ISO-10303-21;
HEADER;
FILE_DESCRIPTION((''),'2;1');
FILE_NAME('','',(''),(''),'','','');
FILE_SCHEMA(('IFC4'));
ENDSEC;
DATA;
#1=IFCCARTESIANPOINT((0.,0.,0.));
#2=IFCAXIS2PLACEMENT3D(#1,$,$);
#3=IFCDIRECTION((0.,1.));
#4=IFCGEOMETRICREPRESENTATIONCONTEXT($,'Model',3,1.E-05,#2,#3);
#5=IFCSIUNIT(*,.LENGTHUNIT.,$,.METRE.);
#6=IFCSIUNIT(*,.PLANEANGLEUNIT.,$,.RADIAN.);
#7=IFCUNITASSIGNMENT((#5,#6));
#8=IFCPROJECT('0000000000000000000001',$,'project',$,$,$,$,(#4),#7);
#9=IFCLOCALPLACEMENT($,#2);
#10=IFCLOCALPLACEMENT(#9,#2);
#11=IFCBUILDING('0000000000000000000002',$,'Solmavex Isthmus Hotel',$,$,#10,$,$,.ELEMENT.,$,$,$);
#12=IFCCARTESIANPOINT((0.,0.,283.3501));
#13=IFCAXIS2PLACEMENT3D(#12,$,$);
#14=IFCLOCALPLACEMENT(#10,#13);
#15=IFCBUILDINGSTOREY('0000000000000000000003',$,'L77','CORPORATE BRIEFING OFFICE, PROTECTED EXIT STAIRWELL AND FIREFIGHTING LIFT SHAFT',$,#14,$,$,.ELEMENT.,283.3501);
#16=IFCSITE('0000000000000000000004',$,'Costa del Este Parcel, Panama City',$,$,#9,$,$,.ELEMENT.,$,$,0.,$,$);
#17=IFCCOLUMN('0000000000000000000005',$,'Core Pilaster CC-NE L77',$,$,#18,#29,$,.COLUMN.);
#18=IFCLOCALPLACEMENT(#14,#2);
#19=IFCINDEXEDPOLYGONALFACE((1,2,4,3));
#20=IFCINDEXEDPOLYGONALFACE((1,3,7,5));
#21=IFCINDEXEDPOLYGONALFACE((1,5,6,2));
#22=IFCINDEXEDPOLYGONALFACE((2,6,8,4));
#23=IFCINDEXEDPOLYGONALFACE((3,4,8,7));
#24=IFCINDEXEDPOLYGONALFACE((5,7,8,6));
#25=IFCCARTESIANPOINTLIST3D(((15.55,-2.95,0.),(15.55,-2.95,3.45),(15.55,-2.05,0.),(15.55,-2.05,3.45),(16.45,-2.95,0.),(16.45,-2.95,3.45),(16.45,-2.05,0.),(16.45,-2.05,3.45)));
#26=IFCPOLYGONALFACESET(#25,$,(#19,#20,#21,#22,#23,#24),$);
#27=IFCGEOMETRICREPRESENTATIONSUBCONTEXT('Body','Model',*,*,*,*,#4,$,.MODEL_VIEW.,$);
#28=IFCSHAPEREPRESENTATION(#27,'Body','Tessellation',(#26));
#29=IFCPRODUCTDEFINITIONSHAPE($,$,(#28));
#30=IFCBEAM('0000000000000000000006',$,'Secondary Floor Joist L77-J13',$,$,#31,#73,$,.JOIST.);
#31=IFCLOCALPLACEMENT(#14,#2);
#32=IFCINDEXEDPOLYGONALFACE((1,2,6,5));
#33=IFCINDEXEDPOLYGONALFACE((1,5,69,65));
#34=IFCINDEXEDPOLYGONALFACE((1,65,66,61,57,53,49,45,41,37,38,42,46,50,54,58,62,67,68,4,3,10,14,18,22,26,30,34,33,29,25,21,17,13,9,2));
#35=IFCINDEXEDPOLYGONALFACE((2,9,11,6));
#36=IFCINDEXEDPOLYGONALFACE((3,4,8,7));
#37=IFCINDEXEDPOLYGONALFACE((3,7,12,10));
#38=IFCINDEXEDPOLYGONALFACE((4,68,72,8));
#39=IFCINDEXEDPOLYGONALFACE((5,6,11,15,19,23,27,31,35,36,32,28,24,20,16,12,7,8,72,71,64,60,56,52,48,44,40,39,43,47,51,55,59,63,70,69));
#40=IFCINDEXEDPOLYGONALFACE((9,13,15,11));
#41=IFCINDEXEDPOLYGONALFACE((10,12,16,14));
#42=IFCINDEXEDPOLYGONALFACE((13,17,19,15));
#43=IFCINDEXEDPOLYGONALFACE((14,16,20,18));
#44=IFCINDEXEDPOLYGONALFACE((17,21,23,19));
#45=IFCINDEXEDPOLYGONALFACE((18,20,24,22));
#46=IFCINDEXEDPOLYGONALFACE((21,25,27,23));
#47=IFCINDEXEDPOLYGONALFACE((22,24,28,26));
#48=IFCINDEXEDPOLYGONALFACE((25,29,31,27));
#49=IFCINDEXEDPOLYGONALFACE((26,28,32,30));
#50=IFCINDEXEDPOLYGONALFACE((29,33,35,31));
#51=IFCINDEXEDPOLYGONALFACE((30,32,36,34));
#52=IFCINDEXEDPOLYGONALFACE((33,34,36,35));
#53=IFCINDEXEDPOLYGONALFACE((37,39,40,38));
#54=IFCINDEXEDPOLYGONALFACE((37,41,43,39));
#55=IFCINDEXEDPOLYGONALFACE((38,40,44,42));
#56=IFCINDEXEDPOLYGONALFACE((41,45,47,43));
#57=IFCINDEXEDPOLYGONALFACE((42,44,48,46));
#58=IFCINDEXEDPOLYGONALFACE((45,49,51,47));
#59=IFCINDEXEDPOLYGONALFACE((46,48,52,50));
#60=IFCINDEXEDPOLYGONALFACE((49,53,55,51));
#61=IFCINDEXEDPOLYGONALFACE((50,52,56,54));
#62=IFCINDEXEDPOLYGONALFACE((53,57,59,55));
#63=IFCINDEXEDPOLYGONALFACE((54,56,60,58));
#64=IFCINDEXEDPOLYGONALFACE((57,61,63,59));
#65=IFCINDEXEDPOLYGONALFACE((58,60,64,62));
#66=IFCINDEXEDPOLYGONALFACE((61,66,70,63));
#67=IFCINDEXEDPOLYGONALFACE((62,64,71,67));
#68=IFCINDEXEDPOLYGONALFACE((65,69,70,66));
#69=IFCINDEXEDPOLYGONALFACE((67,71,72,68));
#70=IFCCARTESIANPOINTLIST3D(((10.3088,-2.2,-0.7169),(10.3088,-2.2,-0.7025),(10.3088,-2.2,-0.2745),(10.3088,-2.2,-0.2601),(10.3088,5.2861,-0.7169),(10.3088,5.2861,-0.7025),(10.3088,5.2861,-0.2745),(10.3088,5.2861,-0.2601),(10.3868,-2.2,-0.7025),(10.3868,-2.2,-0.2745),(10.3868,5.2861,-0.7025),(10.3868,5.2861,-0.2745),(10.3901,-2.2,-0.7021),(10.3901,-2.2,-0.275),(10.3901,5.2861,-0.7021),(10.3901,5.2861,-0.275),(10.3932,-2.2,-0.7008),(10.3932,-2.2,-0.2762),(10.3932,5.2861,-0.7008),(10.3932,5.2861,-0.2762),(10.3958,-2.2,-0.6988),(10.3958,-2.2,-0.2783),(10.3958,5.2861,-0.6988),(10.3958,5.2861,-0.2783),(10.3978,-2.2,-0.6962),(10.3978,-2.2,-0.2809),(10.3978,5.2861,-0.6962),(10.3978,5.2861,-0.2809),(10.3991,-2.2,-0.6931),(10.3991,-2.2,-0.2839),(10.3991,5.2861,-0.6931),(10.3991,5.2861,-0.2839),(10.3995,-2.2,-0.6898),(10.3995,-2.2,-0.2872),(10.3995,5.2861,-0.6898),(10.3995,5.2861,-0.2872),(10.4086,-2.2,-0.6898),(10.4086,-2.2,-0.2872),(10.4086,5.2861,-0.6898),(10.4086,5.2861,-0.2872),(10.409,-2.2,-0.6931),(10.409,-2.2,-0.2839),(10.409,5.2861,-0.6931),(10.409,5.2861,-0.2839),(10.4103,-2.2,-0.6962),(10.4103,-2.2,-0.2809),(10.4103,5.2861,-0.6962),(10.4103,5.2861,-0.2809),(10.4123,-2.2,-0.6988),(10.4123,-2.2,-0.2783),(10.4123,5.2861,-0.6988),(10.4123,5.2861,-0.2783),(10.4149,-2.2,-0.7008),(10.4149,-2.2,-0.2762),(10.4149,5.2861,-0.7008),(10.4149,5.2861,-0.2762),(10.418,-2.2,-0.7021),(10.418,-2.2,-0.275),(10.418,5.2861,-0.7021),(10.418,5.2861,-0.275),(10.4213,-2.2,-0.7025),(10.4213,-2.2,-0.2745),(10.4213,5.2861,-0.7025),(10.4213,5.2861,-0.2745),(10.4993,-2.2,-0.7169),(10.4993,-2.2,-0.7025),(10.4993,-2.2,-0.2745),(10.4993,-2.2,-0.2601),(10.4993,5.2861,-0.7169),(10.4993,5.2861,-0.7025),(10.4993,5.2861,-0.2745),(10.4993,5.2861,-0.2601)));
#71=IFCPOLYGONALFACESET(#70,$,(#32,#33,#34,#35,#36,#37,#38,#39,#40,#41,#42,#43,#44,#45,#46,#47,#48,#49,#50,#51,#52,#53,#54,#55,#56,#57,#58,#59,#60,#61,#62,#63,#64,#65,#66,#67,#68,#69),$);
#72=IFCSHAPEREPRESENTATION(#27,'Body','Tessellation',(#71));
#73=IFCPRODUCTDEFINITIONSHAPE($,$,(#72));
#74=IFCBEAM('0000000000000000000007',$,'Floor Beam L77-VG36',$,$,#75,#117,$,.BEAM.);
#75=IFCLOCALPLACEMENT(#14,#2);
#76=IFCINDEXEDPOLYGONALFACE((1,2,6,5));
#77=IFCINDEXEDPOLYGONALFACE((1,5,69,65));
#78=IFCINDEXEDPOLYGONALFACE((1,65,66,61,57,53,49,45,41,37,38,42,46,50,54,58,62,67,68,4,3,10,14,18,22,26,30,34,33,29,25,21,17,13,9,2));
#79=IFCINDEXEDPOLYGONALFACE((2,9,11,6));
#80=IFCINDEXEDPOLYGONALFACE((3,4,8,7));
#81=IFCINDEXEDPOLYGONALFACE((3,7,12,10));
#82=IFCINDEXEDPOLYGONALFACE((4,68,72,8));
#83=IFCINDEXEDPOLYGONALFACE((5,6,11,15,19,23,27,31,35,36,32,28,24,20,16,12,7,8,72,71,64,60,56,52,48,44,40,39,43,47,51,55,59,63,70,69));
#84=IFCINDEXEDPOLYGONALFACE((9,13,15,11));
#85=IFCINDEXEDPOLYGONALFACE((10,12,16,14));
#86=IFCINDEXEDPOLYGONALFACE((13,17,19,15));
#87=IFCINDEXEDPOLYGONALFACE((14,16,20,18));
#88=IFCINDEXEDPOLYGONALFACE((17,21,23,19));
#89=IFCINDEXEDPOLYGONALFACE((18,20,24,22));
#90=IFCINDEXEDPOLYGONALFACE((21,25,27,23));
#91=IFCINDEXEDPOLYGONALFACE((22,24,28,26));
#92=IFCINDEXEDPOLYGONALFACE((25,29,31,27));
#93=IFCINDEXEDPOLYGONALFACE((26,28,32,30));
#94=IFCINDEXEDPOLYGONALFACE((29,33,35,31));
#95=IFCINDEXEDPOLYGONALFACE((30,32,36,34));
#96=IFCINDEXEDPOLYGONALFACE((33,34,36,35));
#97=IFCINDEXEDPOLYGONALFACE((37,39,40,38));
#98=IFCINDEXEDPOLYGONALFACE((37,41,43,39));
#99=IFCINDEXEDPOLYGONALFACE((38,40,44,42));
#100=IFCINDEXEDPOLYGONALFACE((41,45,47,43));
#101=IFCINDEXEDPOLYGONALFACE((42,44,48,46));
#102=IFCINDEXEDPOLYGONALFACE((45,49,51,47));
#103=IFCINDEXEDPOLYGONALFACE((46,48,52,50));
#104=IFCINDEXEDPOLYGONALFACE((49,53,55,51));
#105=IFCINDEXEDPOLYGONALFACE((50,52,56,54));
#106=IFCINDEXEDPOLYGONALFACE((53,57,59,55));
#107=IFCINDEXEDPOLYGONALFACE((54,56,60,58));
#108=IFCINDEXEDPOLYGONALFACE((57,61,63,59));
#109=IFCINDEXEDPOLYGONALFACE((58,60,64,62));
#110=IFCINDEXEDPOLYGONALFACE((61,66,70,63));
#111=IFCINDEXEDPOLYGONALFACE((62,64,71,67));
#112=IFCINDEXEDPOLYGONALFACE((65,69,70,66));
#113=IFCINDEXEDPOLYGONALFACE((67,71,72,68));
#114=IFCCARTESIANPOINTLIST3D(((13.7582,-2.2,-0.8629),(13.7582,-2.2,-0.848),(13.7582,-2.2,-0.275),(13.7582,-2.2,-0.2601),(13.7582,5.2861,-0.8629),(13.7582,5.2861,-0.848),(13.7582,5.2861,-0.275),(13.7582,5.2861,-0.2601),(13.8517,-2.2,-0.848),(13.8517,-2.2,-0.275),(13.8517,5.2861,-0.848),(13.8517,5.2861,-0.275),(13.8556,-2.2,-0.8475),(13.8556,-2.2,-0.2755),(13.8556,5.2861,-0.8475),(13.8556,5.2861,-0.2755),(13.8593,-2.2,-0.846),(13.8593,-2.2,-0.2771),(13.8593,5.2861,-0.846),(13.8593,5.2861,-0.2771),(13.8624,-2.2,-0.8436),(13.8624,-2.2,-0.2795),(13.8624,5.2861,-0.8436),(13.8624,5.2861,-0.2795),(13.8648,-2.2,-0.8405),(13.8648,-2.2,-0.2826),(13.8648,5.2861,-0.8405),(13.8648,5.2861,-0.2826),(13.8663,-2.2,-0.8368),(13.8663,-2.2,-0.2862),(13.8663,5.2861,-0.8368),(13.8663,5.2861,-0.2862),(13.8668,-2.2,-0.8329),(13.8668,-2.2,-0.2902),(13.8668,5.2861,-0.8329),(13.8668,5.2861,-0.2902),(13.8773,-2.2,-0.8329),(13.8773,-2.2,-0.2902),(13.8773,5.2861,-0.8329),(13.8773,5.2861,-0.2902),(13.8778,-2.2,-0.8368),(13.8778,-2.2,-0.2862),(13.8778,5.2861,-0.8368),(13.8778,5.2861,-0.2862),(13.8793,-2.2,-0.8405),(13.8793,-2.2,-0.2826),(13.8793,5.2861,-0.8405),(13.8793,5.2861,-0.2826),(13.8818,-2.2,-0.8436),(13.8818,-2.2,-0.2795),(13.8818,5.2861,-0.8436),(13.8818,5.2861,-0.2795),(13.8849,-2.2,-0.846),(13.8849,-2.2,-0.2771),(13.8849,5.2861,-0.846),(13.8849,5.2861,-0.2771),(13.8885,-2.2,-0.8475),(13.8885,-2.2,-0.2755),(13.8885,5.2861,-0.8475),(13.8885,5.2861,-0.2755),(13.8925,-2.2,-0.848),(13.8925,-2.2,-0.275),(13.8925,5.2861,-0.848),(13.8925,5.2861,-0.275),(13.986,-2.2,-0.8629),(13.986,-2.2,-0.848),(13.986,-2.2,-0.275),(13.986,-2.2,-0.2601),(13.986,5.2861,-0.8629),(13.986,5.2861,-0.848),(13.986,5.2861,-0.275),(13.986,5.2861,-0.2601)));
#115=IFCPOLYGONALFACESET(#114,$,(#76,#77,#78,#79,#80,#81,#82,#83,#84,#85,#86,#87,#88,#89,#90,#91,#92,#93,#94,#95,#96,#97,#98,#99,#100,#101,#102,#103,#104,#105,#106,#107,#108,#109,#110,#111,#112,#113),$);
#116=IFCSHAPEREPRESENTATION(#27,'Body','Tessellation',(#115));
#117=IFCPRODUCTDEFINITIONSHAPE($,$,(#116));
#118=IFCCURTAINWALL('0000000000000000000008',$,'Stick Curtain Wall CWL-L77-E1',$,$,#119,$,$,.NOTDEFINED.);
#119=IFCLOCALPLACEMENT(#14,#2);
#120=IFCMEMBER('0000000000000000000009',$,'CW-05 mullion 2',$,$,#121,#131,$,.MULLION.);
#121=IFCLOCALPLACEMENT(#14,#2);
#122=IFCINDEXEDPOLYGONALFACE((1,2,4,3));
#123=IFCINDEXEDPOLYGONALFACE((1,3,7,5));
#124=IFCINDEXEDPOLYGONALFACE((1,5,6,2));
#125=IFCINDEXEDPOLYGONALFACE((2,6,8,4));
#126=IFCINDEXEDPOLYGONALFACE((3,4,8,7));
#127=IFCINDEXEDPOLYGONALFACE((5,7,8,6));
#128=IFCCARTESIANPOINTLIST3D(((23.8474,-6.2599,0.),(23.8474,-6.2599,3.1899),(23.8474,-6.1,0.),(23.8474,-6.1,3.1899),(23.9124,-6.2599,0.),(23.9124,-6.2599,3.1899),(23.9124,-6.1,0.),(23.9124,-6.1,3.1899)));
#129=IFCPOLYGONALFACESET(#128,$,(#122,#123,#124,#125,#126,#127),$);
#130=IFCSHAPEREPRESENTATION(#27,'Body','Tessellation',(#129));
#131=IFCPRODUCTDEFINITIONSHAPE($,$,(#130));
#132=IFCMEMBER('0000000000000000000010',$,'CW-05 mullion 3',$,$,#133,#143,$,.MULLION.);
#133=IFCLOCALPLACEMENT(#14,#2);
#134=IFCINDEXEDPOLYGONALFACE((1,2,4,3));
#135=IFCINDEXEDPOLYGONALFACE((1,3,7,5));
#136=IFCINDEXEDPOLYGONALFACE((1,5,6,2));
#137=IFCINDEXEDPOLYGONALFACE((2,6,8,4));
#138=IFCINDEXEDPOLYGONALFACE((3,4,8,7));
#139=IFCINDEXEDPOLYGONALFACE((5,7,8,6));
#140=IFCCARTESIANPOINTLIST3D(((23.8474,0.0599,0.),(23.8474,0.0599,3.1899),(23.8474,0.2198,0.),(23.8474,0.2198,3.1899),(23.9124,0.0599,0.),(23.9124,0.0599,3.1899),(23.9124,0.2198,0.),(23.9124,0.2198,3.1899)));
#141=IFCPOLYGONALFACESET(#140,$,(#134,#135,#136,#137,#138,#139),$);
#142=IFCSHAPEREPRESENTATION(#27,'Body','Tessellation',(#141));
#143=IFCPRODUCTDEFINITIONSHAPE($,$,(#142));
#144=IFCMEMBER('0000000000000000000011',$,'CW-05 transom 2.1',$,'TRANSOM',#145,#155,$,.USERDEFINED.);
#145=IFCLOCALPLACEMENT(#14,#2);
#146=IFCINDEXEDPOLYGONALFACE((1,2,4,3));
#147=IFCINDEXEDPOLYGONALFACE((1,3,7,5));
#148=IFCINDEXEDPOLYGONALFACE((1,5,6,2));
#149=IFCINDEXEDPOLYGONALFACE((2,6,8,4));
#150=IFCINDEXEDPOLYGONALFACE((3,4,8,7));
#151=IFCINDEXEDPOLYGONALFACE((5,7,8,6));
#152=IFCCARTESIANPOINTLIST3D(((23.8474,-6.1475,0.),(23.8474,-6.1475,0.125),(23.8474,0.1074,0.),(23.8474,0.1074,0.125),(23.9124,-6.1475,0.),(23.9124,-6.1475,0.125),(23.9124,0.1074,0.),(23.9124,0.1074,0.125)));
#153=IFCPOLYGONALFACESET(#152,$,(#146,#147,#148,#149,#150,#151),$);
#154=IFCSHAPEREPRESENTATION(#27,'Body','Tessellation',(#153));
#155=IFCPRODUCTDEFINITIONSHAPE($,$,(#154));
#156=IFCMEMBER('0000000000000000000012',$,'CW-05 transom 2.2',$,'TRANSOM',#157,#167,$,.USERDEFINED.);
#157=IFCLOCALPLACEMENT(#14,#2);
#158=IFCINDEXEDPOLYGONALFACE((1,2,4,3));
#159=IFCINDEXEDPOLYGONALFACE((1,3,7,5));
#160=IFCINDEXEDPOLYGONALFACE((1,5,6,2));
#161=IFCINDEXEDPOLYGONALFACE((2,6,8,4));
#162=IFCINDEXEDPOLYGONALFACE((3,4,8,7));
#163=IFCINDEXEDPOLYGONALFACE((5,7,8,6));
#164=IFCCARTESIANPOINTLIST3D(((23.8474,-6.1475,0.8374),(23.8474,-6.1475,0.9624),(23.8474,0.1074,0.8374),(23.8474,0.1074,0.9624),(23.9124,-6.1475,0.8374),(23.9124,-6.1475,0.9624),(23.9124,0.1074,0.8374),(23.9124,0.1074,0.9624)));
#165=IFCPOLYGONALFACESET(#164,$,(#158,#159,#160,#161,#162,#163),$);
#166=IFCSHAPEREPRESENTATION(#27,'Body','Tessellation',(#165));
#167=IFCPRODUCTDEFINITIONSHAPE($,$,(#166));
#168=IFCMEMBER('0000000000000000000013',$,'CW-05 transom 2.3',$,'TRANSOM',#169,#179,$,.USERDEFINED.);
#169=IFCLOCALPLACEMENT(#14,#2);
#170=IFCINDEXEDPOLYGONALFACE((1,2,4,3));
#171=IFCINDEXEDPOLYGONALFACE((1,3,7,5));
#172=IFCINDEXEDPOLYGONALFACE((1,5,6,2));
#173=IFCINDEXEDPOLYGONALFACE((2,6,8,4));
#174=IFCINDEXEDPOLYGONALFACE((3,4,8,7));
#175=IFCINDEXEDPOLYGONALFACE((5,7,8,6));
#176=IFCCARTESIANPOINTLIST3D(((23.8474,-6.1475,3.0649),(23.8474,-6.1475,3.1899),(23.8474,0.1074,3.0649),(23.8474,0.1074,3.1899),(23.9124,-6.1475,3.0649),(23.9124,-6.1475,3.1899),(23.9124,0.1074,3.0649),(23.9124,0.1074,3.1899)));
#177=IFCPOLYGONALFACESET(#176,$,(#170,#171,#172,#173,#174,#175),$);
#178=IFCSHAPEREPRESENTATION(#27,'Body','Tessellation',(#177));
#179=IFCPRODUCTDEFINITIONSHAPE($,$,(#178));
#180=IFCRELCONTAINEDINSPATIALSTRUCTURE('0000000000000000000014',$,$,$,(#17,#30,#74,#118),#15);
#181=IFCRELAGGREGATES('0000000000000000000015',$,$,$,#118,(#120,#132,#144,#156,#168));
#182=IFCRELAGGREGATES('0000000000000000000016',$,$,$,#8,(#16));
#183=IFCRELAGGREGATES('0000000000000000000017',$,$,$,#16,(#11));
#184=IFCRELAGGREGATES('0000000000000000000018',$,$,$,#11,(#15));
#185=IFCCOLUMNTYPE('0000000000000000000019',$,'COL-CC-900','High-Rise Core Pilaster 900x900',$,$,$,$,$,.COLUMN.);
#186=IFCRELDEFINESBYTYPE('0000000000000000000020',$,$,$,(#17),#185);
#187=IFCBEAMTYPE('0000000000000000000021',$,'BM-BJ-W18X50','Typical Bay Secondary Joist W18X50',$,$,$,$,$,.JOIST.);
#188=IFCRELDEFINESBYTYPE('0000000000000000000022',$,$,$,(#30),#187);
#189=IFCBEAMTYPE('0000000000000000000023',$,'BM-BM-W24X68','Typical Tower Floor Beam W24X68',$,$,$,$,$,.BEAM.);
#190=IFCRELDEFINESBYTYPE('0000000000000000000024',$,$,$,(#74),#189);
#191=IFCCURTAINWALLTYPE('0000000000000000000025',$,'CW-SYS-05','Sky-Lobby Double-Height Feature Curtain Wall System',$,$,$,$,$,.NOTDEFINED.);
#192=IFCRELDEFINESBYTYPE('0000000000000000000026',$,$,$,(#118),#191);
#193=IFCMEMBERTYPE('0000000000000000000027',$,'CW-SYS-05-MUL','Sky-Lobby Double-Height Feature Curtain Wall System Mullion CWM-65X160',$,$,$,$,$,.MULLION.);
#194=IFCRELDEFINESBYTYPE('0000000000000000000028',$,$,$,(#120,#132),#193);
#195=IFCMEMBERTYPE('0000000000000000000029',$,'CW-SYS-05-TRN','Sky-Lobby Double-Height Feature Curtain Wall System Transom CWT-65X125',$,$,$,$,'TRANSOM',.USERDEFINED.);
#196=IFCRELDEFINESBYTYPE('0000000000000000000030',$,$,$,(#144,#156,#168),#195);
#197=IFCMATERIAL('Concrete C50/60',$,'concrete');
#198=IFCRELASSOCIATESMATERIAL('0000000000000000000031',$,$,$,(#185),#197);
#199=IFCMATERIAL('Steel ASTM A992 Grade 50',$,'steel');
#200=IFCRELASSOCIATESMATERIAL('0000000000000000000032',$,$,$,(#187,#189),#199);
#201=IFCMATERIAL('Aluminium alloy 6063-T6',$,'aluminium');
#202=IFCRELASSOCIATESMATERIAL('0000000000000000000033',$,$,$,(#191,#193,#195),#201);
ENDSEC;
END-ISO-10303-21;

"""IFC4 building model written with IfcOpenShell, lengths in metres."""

from ifc_helpers import new_model, si_unit, direction, frame, origin, origin_2d, place, context, subcontext, project, spatial, rectangle, i_section, extrude, material, material_profile, profile_set, type_object, element, aggregate, save


model = new_model("IFC4")

# Units and contexts
model_context = context("Model", 3, precision=1e-05, world=origin(), true_north=direction((0.0, 1.0)))
body_context = subcontext(model_context, "Body", "Model", "MODEL_VIEW")
ifc_project = project(units=[si_unit("LENGTHUNIT", "METRE"), si_unit("PLANEANGLEUNIT", "RADIAN")], contexts=[model_context])

# Site, building, storey
site_placement = place(None, origin())
site = spatial("IfcSite", under=ifc_project, at=site_placement, Name="Costa del Este Parcel, Panama City", CompositionType="ELEMENT", RefElevation=0.0)
building_placement = place(site_placement, origin())
building = spatial("IfcBuilding", under=site, at=building_placement, Name="Solmavex Isthmus Hotel", CompositionType="ELEMENT")
storey_placement = place(building_placement, frame((0.0, 0.0, 283.3501)))
storey = spatial("IfcBuildingStorey", under=building, at=storey_placement, Name="L77", Description="CORPORATE BRIEFING OFFICE, PROTECTED EXIT STAIRWELL AND FIREFIGHTING LIFT SHAFT", CompositionType="ELEMENT", Elevation=283.3501)

# Column
ifc_material_1 = material(Name="Concrete C50/60", Category="concrete")
ifc_material_profile_1 = material_profile(ifc_material_1, rectangle(XDim=0.8999, YDim=0.8999, at=origin_2d()), Name="RC900X900")
ifc_profile_set_1 = profile_set([ifc_material_profile_1], Name="Concrete C50/60")
column_type = type_object("IfcColumnType", Name="COL-CC-900", Description="High-Rise Core Pilaster 900x900", PredefinedType="COLUMN", material=ifc_profile_set_1)
column_placement = place(storey_placement, frame((16.0, -2.5, 0.0), z_axis=(0.0, 0.0, 1.0), x_axis=(1.0, 0.0, 0.0)))
element("IfcColumn", 1, at=column_placement, inside=storey, type_object=column_type, Name="Core Pilaster CC-NE L77", PredefinedType="COLUMN", context=body_context, shape_type="SweptSolid", body=[
    extrude(rectangle(XDim=0.8999, YDim=0.8999, at=origin_2d()), origin(), (0.0, 0.0, 1.0), 3.45),
])

# Beams
ifc_material_2 = material(Name="Steel ASTM A992 Grade 50", Category="steel")
ifc_material_profile_2 = material_profile(ifc_material_2, i_section(OverallWidth=0.1904, OverallDepth=0.4568, WebThickness=0.009, FlangeThickness=0.0144, FilletRadius=0.0127, at=origin_2d()), Name="W18X50")
ifc_profile_set_2 = profile_set([ifc_material_profile_2], Name="Steel ASTM A992 Grade 50")
beam_type_1 = type_object("IfcBeamType", Name="BM-BJ-W18X50", Description="Typical Bay Secondary Joist W18X50", PredefinedType="JOIST", material=ifc_profile_set_2)
beam_1_placement = place(storey_placement, frame((10.4041, -2.2, -0.4885), z_axis=(0.0, 1.0, 0.0), x_axis=(-1.0, 0.0, 0.0)))
element("IfcBeam", 2, at=beam_1_placement, inside=storey, type_object=beam_type_1, Name="Secondary Floor Joist L77-J13", PredefinedType="JOIST", context=body_context, shape_type="SweptSolid", body=[
    extrude(i_section(OverallWidth=0.1904, OverallDepth=0.4568, WebThickness=0.009, FlangeThickness=0.0144, FilletRadius=0.0127, at=origin_2d()), origin(), (0.0, 0.0, 1.0), 7.4861),
])
ifc_material_profile_3 = material_profile(ifc_material_2, i_section(OverallWidth=0.2278, OverallDepth=0.6028, WebThickness=0.0105, FlangeThickness=0.0149, FilletRadius=0.0151, at=origin_2d()), Name="W24X68")
ifc_profile_set_3 = profile_set([ifc_material_profile_3], Name="Steel ASTM A992 Grade 50")
beam_type_2 = type_object("IfcBeamType", Name="BM-BM-W24X68", Description="Typical Tower Floor Beam W24X68", PredefinedType="BEAM", material=ifc_profile_set_3)
beam_2_placement = place(storey_placement, frame((13.8721, -2.2, -0.5615), z_axis=(0.0, 1.0, 0.0), x_axis=(-1.0, 0.0, 0.0)))
element("IfcBeam", 3, at=beam_2_placement, inside=storey, type_object=beam_type_2, Name="Floor Beam L77-VG36", PredefinedType="BEAM", context=body_context, shape_type="SweptSolid", body=[
    extrude(i_section(OverallWidth=0.2278, OverallDepth=0.6028, WebThickness=0.0105, FlangeThickness=0.0149, FilletRadius=0.0151, at=origin_2d()), origin(), (0.0, 0.0, 1.0), 7.4861),
])

# Curtain wall, members
ifc_material_3 = material(Name="Aluminium alloy 6063-T6", Category="aluminium")
curtain_wall_type = type_object("IfcCurtainWallType", Name="CW-SYS-05", Description="Sky-Lobby Double-Height Feature Curtain Wall System", PredefinedType="NOTDEFINED", material=ifc_material_3)
curtain_wall_placement = place(storey_placement, origin())
curtain_wall = element("IfcCurtainWall", 4, at=curtain_wall_placement, inside=storey, type_object=curtain_wall_type, Name="Stick Curtain Wall CWL-L77-E1", PredefinedType="NOTDEFINED")
ifc_material_profile_4 = material_profile(ifc_material_3, rectangle(XDim=0.0649, YDim=0.1599, at=origin_2d()), Name="CWM-65X160")
ifc_profile_set_4 = profile_set([ifc_material_profile_4], Name="Aluminium alloy 6063-T6")
member_type_1 = type_object("IfcMemberType", Name="CW-SYS-05-MUL", Description="Sky-Lobby Double-Height Feature Curtain Wall System Mullion CWM-65X160", PredefinedType="MULLION", material=ifc_profile_set_4)
member_1_placement = place(storey_placement, frame((23.8799, -6.1799, 0.0), z_axis=(0.0, 0.0, 1.0), x_axis=(-1.0, 0.0, 0.0)))
member_1 = element("IfcMember", 5, at=member_1_placement, type_object=member_type_1, Name="CW-05 mullion 2", PredefinedType="MULLION", context=body_context, shape_type="SweptSolid", body=[
    extrude(rectangle(XDim=0.0649, YDim=0.1599, at=origin_2d()), origin(), (0.0, 0.0, 1.0), 3.1899),
])
member_2_placement = place(storey_placement, frame((23.8799, 0.1399, 0.0), z_axis=(0.0, 0.0, 1.0), x_axis=(-1.0, 0.0, 0.0)))
member_2 = element("IfcMember", 6, at=member_2_placement, type_object=member_type_1, Name="CW-05 mullion 3", PredefinedType="MULLION", context=body_context, shape_type="SweptSolid", body=[
    extrude(rectangle(XDim=0.0649, YDim=0.1599, at=origin_2d()), origin(), (0.0, 0.0, 1.0), 3.1899),
])
ifc_material_profile_5 = material_profile(ifc_material_3, rectangle(XDim=0.0649, YDim=0.125, at=origin_2d()), Name="CWT-65X125")
ifc_profile_set_5 = profile_set([ifc_material_profile_5], Name="Aluminium alloy 6063-T6")
member_type_2 = type_object("IfcMemberType", Name="CW-SYS-05-TRN", Description="Sky-Lobby Double-Height Feature Curtain Wall System Transom CWT-65X125", ElementType="TRANSOM", PredefinedType="USERDEFINED", material=ifc_profile_set_5)
member_3_placement = place(storey_placement, frame((23.8799, -6.1475, 0.0625), z_axis=(0.0, 1.0, 0.0), x_axis=(-1.0, 0.0, 0.0)))
member_3 = element("IfcMember", 7, at=member_3_placement, type_object=member_type_2, Name="CW-05 transom 2.1", ObjectType="TRANSOM", PredefinedType="USERDEFINED", context=body_context, shape_type="SweptSolid", body=[
    extrude(rectangle(XDim=0.0649, YDim=0.125, at=origin_2d()), origin(), (0.0, 0.0, 1.0), 6.2549),
])
member_4_placement = place(storey_placement, frame((23.8799, -6.1475, 0.8999), z_axis=(0.0, 1.0, 0.0), x_axis=(-1.0, 0.0, 0.0)))
member_4 = element("IfcMember", 8, at=member_4_placement, type_object=member_type_2, Name="CW-05 transom 2.2", ObjectType="TRANSOM", PredefinedType="USERDEFINED", context=body_context, shape_type="SweptSolid", body=[
    extrude(rectangle(XDim=0.0649, YDim=0.125, at=origin_2d()), origin(), (0.0, 0.0, 1.0), 6.2549),
])
member_5_placement = place(storey_placement, frame((23.8799, -6.1475, 3.1274), z_axis=(0.0, 1.0, 0.0), x_axis=(-1.0, 0.0, 0.0)))
member_5 = element("IfcMember", 9, at=member_5_placement, type_object=member_type_2, Name="CW-05 transom 2.3", ObjectType="TRANSOM", PredefinedType="USERDEFINED", context=body_context, shape_type="SweptSolid", body=[
    extrude(rectangle(XDim=0.0649, YDim=0.125, at=origin_2d()), origin(), (0.0, 0.0, 1.0), 6.2549),
])
aggregate(curtain_wall, [member_1, member_2, member_3, member_4, member_5])

save(model, "model.ifc")
